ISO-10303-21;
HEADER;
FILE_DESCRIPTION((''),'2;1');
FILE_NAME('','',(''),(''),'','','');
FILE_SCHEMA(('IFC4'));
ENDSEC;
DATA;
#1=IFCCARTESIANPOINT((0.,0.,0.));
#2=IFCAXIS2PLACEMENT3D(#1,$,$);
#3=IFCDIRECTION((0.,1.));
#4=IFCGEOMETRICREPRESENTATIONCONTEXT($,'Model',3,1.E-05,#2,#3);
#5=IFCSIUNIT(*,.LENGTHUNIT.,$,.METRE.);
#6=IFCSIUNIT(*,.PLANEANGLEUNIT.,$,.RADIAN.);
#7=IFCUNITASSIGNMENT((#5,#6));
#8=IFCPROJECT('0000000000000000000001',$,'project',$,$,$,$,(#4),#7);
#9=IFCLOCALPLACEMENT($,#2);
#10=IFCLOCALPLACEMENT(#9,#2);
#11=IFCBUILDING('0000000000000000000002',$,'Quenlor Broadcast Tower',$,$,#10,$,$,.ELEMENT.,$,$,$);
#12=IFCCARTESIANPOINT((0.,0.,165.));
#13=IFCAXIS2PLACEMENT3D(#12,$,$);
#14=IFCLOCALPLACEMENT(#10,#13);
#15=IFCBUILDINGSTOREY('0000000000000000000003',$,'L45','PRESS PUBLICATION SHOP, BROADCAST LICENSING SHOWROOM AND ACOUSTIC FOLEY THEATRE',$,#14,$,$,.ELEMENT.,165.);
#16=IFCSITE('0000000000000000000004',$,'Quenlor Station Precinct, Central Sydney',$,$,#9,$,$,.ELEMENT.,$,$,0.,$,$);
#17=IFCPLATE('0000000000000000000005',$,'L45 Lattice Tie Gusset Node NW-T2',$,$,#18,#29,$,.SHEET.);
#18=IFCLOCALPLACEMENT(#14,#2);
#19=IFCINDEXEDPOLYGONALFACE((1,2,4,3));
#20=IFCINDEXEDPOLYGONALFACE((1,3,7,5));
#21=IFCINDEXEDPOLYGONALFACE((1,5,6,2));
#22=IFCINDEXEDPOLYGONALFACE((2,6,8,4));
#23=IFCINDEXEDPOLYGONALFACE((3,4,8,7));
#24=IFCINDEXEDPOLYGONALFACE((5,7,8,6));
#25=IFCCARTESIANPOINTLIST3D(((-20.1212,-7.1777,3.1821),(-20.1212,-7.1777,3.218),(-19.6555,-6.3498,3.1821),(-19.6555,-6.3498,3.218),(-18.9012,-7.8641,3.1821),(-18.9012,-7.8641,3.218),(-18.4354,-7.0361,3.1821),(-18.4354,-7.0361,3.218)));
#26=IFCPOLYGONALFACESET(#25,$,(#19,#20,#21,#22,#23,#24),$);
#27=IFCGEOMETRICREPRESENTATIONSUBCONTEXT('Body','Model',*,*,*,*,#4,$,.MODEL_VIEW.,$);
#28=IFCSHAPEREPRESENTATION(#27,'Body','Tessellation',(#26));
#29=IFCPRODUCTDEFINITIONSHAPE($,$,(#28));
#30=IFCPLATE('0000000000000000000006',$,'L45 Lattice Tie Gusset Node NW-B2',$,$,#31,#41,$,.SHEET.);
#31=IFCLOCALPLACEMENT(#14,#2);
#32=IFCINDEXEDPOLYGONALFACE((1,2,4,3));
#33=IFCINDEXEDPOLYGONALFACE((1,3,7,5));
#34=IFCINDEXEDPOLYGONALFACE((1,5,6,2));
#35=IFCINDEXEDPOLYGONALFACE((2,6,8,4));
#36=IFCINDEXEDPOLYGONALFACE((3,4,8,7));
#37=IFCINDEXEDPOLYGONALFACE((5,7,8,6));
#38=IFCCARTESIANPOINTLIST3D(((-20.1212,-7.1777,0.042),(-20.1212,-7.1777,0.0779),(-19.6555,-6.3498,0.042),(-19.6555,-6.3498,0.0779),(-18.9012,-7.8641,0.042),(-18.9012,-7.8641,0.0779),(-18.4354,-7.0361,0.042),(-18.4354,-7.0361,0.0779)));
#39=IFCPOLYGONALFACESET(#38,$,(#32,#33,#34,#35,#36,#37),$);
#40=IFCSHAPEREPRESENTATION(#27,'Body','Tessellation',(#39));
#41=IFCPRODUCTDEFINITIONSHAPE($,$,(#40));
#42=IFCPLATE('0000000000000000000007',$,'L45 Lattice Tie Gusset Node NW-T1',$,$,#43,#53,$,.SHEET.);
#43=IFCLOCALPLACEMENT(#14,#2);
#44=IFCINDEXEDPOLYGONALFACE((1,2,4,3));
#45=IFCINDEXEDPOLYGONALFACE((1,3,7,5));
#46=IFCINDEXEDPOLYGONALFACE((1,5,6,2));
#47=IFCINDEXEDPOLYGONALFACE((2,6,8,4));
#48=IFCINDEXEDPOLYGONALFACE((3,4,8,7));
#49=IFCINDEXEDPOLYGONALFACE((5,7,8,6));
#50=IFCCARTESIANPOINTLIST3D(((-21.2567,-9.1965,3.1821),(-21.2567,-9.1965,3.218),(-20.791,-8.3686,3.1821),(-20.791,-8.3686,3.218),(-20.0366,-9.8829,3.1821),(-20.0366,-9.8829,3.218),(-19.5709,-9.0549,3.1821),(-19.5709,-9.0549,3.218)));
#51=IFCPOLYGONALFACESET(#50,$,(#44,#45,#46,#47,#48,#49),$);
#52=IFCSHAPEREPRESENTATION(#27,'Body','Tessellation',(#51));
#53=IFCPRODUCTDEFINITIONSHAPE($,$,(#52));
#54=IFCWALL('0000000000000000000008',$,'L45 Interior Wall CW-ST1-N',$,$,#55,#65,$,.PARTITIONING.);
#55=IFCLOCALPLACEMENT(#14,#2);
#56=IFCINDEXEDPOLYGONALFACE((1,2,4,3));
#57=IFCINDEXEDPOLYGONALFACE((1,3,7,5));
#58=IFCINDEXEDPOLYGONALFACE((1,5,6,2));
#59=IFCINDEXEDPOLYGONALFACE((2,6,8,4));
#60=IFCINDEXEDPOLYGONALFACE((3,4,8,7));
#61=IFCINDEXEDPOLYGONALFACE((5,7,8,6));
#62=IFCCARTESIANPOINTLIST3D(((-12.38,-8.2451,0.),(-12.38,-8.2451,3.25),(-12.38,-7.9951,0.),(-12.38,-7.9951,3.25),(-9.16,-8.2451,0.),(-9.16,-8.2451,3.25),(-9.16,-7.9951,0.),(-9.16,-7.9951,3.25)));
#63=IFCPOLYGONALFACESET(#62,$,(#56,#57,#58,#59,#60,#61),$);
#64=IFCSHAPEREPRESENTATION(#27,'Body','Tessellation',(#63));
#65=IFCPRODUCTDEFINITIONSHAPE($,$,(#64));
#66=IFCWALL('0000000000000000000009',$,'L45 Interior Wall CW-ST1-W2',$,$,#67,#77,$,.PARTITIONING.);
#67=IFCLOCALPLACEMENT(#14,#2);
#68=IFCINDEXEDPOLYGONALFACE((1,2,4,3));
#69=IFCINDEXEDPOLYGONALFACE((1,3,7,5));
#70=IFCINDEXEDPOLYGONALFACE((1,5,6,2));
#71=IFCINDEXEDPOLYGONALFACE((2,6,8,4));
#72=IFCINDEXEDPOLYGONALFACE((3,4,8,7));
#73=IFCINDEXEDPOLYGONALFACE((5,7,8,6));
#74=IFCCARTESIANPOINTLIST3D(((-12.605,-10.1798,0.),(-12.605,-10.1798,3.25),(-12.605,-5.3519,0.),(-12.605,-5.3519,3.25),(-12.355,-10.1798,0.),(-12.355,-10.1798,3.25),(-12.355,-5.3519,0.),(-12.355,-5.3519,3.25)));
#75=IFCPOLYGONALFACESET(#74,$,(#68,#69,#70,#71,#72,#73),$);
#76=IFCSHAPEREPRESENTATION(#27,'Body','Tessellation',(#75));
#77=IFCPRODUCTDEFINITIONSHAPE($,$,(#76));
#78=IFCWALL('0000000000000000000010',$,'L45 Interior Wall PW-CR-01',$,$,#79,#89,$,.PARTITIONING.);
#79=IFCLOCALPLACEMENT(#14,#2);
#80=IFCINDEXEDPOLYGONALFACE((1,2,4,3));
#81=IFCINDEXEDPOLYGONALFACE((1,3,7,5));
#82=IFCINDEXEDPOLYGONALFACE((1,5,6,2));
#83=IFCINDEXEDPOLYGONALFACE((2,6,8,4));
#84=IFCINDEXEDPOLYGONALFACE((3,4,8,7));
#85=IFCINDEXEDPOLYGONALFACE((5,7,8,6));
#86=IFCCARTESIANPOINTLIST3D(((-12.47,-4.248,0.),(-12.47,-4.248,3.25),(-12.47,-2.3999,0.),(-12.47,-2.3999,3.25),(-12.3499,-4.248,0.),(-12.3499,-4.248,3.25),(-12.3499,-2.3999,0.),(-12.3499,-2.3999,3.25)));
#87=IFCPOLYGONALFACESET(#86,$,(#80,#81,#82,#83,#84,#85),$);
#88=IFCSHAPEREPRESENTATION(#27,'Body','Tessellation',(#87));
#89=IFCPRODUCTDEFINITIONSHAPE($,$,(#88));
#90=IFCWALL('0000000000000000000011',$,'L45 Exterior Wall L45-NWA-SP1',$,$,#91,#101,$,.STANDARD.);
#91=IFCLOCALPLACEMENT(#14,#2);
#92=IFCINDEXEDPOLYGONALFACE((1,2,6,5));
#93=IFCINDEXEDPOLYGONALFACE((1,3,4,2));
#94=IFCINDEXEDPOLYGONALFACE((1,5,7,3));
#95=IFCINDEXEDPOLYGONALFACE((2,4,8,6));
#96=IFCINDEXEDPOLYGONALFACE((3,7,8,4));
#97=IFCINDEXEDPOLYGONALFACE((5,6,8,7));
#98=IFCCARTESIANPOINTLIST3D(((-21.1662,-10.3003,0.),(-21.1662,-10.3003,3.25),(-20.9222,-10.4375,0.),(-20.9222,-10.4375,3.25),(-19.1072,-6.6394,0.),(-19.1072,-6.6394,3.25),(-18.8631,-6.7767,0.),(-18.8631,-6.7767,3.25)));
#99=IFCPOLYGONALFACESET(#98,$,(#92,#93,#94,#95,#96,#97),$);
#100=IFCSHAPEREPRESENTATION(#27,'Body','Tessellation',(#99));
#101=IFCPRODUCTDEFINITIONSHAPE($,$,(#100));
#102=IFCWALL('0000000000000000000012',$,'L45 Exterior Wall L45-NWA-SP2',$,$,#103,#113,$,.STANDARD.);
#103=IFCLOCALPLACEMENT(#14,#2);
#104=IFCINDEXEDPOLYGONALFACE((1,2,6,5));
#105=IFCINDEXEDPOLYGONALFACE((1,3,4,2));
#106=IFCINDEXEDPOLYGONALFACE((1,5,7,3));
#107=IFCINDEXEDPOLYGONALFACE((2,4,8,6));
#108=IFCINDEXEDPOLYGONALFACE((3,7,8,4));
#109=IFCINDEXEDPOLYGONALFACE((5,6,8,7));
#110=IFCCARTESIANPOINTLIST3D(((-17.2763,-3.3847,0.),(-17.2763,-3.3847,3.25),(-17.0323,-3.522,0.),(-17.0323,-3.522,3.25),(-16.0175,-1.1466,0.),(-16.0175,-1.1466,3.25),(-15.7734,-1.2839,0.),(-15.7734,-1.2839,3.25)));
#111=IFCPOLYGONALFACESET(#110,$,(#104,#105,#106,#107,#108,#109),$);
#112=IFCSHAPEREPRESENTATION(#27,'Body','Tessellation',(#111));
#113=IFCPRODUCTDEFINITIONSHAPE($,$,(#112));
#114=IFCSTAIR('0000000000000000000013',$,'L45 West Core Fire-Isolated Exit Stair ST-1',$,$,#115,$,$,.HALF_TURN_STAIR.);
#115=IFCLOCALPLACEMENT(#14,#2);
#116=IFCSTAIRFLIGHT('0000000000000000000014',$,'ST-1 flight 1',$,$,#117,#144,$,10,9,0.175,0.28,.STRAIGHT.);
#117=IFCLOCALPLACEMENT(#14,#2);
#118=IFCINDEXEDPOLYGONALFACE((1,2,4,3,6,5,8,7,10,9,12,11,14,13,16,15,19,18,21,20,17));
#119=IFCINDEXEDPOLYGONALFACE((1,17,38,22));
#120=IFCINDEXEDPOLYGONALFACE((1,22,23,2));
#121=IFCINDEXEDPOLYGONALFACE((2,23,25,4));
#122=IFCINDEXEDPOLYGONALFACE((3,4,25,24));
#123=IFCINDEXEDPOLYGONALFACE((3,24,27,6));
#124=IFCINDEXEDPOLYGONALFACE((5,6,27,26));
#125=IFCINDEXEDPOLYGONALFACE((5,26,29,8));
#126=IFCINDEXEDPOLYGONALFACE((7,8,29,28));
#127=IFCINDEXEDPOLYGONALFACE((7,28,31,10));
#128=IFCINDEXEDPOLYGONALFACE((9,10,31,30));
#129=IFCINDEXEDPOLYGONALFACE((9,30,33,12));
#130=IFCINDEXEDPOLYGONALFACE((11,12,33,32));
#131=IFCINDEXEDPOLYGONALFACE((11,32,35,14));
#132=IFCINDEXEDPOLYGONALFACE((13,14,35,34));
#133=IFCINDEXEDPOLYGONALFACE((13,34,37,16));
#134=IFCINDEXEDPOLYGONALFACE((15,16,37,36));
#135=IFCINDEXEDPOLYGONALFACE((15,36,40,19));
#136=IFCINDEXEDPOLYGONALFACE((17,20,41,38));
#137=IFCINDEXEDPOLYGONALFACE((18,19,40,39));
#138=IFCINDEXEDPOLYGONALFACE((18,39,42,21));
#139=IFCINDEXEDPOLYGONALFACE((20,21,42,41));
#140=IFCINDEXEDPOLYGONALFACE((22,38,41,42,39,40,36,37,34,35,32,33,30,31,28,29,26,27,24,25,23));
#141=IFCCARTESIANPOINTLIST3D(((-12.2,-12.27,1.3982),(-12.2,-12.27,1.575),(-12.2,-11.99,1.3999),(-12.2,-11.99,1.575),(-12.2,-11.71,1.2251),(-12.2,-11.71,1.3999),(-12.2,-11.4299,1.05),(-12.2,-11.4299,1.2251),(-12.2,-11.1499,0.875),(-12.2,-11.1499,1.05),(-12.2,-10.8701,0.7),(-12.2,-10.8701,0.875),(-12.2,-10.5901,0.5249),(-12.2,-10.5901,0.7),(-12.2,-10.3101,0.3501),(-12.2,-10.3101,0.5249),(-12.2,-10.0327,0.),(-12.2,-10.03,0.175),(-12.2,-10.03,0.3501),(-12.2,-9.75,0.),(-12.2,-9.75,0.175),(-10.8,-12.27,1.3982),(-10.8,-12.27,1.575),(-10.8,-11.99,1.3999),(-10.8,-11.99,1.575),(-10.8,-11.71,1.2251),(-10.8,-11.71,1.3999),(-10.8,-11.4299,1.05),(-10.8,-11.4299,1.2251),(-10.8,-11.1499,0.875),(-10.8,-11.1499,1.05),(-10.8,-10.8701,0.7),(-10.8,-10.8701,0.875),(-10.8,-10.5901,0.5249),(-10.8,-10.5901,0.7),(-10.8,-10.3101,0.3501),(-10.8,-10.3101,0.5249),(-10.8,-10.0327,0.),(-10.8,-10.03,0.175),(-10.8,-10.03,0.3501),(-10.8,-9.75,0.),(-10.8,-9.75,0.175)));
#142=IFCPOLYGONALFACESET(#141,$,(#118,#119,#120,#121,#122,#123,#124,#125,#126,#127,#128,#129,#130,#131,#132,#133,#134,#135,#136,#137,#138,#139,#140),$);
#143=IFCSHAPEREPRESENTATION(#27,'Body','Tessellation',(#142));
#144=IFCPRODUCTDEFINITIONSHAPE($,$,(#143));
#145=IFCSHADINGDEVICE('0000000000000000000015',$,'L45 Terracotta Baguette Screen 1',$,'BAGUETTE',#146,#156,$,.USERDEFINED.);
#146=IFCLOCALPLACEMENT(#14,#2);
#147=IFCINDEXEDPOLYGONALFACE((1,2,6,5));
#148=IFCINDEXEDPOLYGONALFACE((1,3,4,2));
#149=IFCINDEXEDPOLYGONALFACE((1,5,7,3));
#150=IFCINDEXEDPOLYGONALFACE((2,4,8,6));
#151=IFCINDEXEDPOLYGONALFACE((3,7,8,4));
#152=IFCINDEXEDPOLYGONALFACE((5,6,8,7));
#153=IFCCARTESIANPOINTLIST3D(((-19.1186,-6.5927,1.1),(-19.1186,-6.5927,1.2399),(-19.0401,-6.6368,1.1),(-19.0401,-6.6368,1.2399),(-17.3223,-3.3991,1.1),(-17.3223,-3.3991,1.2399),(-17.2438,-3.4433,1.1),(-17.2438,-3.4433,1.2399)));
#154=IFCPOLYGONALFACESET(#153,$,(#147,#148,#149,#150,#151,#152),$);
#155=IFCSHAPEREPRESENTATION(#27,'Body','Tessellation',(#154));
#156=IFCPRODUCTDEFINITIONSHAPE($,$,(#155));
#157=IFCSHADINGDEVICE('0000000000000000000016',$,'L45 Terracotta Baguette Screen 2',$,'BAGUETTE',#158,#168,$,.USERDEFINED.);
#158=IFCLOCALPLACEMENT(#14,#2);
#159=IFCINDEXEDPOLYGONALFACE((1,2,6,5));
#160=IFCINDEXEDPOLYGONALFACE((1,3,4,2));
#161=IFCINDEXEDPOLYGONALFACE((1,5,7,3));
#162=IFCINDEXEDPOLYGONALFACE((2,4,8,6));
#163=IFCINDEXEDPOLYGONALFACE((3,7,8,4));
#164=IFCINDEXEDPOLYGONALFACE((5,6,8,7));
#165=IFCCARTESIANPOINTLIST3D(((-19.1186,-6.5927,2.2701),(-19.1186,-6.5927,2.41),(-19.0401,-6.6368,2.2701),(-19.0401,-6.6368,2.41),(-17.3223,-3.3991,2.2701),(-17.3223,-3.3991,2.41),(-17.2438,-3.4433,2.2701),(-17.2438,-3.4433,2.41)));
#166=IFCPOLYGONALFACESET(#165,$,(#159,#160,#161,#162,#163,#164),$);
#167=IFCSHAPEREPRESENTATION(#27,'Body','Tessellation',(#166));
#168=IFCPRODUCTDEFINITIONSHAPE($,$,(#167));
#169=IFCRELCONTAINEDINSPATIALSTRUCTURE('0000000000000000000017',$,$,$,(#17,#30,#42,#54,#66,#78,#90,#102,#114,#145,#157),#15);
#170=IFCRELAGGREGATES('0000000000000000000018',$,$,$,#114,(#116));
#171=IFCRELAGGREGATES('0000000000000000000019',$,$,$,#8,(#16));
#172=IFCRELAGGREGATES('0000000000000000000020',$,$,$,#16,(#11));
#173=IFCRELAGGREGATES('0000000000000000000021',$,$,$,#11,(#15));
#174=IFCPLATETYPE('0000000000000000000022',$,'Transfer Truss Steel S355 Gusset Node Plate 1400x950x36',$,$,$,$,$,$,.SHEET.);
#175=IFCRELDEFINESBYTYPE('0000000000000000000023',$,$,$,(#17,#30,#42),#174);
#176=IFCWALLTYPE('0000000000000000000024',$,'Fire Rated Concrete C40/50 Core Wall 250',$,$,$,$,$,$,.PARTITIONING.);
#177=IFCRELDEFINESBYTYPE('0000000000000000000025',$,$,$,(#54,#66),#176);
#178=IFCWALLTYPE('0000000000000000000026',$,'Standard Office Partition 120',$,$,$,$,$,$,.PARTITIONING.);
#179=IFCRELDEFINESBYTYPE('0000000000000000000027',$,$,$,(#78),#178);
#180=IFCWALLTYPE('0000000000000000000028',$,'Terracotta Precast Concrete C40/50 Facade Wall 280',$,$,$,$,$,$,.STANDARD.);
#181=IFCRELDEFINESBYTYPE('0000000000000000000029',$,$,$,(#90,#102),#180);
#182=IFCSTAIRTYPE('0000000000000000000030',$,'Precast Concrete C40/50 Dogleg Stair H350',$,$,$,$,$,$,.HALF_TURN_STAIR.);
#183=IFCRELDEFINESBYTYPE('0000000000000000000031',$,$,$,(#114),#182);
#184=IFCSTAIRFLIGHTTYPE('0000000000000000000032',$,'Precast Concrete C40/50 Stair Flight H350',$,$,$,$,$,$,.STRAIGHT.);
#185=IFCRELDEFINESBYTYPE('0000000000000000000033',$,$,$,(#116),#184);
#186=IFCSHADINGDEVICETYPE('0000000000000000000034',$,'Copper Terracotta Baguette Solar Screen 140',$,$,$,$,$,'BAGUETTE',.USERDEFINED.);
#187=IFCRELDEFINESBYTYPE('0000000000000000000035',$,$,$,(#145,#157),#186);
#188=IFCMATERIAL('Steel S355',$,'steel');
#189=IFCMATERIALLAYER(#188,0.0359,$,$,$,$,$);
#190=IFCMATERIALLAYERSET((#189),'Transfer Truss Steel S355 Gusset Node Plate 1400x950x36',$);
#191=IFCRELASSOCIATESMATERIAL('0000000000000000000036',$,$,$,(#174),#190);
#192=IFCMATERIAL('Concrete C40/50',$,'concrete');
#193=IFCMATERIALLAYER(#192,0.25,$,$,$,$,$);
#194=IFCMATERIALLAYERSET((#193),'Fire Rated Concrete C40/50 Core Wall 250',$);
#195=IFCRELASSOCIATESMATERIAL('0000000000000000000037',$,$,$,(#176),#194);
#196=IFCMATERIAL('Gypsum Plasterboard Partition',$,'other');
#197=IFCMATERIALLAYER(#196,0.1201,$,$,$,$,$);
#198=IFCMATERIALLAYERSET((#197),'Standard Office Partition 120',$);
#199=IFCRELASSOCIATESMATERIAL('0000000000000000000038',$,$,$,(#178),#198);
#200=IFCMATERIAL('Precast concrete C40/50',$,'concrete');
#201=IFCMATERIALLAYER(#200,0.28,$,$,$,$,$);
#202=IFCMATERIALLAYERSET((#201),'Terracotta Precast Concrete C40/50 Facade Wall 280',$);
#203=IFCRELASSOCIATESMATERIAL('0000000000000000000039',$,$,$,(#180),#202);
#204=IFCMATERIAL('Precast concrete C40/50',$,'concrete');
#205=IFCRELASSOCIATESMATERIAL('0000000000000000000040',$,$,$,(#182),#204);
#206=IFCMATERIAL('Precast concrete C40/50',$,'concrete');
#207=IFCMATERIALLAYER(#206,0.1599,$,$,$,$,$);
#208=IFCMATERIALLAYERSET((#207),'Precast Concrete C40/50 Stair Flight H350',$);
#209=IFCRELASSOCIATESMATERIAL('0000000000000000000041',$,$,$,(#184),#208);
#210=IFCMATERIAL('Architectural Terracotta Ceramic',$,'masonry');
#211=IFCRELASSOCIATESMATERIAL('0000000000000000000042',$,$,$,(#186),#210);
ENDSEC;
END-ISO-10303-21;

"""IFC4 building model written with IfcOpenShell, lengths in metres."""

from ifc_helpers import new_model, si_unit, direction, frame, frame_2d, origin, origin_2d, place, context, subcontext, project, spatial, polyline, rectangle, outline, extrude, material, layer, layer_set, material_profile, profile_set, type_object, element, aggregate, save


model = new_model("IFC4")

# Units and contexts
model_context = context("Model", 3, precision=1e-05, world=origin(), true_north=direction((0.0, 1.0)))
body_context = subcontext(model_context, "Body", "Model", "MODEL_VIEW")
ifc_project = project(units=[si_unit("LENGTHUNIT", "METRE"), si_unit("PLANEANGLEUNIT", "RADIAN")], contexts=[model_context])

# Site, building, storey
site_placement = place(None, origin())
site = spatial("IfcSite", under=ifc_project, at=site_placement, Name="Quenlor Station Precinct, Central Sydney", CompositionType="ELEMENT", RefElevation=0.0)
building_placement = place(site_placement, origin())
building = spatial("IfcBuilding", under=site, at=building_placement, Name="Quenlor Broadcast Tower", CompositionType="ELEMENT")
storey_placement = place(building_placement, frame((0.0, 0.0, 165.0)))
storey = spatial("IfcBuildingStorey", under=building, at=storey_placement, Name="L45", Description="PRESS PUBLICATION SHOP, BROADCAST LICENSING SHOWROOM AND ACOUSTIC FOLEY THEATRE", CompositionType="ELEMENT", Elevation=165.0)

# Plates
ifc_material_1 = material(Name="Steel S355", Category="steel")
ifc_layer_1 = layer(ifc_material_1, 0.0359)
ifc_layer_set_1 = layer_set([ifc_layer_1], Name="Transfer Truss Steel S355 Gusset Node Plate 1400x950x36")
plate_type_1 = type_object("IfcPlateType", Name="Transfer Truss Steel S355 Gusset Node Plate 1400x950x36", PredefinedType="SHEET", material=ifc_layer_set_1)
for number, where, z_axis, x_axis, name in (
    (1, (-19.2783, -7.1069, 3.1821), (0.0, 0.0, 1.0), (-0.871556, 0.490295, 0.0), "L45 Lattice Tie Gusset Node NW-T2"),
    (2, (-19.2783, -7.1069, 0.042), (0.0, 0.0, 1.0), (-0.871556, 0.490295, 0.0), "L45 Lattice Tie Gusset Node NW-B2"),
    (3, (-20.4138, -9.1257, 3.1821), (0.0, 0.0, 1.0), (-0.871556, 0.490295, 0.0), "L45 Lattice Tie Gusset Node NW-T1"),
):
    element("IfcPlate", number, at=place(storey_placement, frame(where, z_axis=z_axis, x_axis=x_axis)), inside=storey, type_object=plate_type_1, Name=name, PredefinedType="SHEET", context=body_context, shape_type="SweptSolid", body=[
        extrude(rectangle(XDim=1.3999, YDim=0.95, at=origin_2d()), origin(), (0.0, 0.0, 1.0), 0.0359),
    ])

# Walls
ifc_material_2 = material(Name="Concrete C40/50", Category="concrete")
ifc_layer_2 = layer(ifc_material_2, 0.25)
ifc_layer_set_2 = layer_set([ifc_layer_2], Name="Fire Rated Concrete C40/50 Core Wall 250")
wall_type_1 = type_object("IfcWallType", Name="Fire Rated Concrete C40/50 Core Wall 250", PredefinedType="PARTITIONING", material=ifc_layer_set_2)
wall_1_placement = place(storey_placement, frame((-12.3799, -8.1201, 0.0), z_axis=(0.0, 0.0, 1.0), x_axis=(1.0, 0.0, 0.0)))
element("IfcWall", 4, at=wall_1_placement, inside=storey, type_object=wall_type_1, Name="L45 Interior Wall CW-ST1-N", PredefinedType="PARTITIONING", context=body_context, shape_type="SweptSolid", body=[
    extrude(rectangle(XDim=3.22, YDim=0.25, at=frame_2d((1.6099, 0.0))), origin(), (0.0, 0.0, 1.0), 3.25),
])
wall_2_placement = place(storey_placement, frame((-12.48, -10.1799, 0.0), z_axis=(0.0, 0.0, 1.0), x_axis=(0.0, 1.0, 0.0)))
element("IfcWall", 5, at=wall_2_placement, inside=storey, type_object=wall_type_1, Name="L45 Interior Wall CW-ST1-W2", PredefinedType="PARTITIONING", context=body_context, shape_type="SweptSolid", body=[
    extrude(rectangle(XDim=4.8279, YDim=0.25, at=frame_2d((2.4141, 0.0))), origin(), (0.0, 0.0, 1.0), 3.25),
])

# Walls
ifc_material_3 = material(Name="Gypsum Plasterboard Partition", Category="other")
ifc_layer_3 = layer(ifc_material_3, 0.1201)
ifc_layer_set_3 = layer_set([ifc_layer_3], Name="Standard Office Partition 120")
wall_type_2 = type_object("IfcWallType", Name="Standard Office Partition 120", PredefinedType="PARTITIONING", material=ifc_layer_set_3)
wall_3_placement = place(storey_placement, frame((-12.4099, -4.248, 0.0), z_axis=(0.0, 0.0, 1.0), x_axis=(0.0, 1.0, 0.0)))
element("IfcWall", 6, at=wall_3_placement, inside=storey, type_object=wall_type_2, Name="L45 Interior Wall PW-CR-01", PredefinedType="PARTITIONING", context=body_context, shape_type="SweptSolid", body=[
    extrude(rectangle(XDim=1.8481, YDim=0.1201, at=frame_2d((0.9241, 0.0))), origin(), (0.0, 0.0, 1.0), 3.25),
])
ifc_material_4 = material(Name="Precast concrete C40/50", Category="concrete")
ifc_layer_4 = layer(ifc_material_4, 0.28)
ifc_layer_set_4 = layer_set([ifc_layer_4], Name="Terracotta Precast Concrete C40/50 Facade Wall 280")
wall_type_3 = type_object("IfcWallType", Name="Terracotta Precast Concrete C40/50 Facade Wall 280", PredefinedType="STANDARD", material=ifc_layer_set_4)
wall_4_placement = place(storey_placement, frame((-21.0442, -10.3689, 0.0), z_axis=(0.0, 0.0, 1.0), x_axis=(0.490231, 0.871593, 0.0)))
element("IfcWall", 7, at=wall_4_placement, inside=storey, type_object=wall_type_3, Name="L45 Exterior Wall L45-NWA-SP1", PredefinedType="STANDARD", context=body_context, shape_type="SweptSolid", body=[
    extrude(rectangle(XDim=4.2002, YDim=0.28, at=frame_2d((2.1001, 0.0))), origin(), (0.0, 0.0, 1.0), 3.25),
])
wall_5_placement = place(storey_placement, frame((-17.1543, -3.4534, 0.0), z_axis=(0.0, 0.0, 1.0), x_axis=(0.49023, 0.871593, 0.0)))
element("IfcWall", 8, at=wall_5_placement, inside=storey, type_object=wall_type_3, Name="L45 Exterior Wall L45-NWA-SP2", PredefinedType="STANDARD", context=body_context, shape_type="SweptSolid", body=[
    extrude(rectangle(XDim=2.5679, YDim=0.28, at=frame_2d((1.2839, 0.0))), origin(), (0.0, 0.0, 1.0), 3.25),
])

# Stair, stair flight
ifc_material_5 = material(Name="Precast concrete C40/50", Category="concrete")
stair_type = type_object("IfcStairType", Name="Precast Concrete C40/50 Dogleg Stair H350", PredefinedType="HALF_TURN_STAIR", material=ifc_material_5)
stair_placement = place(storey_placement, origin())
stair = element("IfcStair", 9, at=stair_placement, inside=storey, type_object=stair_type, Name="L45 West Core Fire-Isolated Exit Stair ST-1", PredefinedType="HALF_TURN_STAIR")
ifc_material_6 = material(Name="Precast concrete C40/50", Category="concrete")
ifc_layer_5 = layer(ifc_material_6, 0.1599)
ifc_layer_set_5 = layer_set([ifc_layer_5], Name="Precast Concrete C40/50 Stair Flight H350")
stair_flight_type = type_object("IfcStairFlightType", Name="Precast Concrete C40/50 Stair Flight H350", PredefinedType="STRAIGHT", material=ifc_layer_set_5)
stair_flight_placement = place(storey_placement, frame((-11.5, -9.75, 0.0), z_axis=(0.0, 0.0, 1.0), x_axis=(0.0, -1.0, 0.0)))
stair_flight = element("IfcStairFlight", 10, at=stair_flight_placement, type_object=stair_flight_type, Name="ST-1 flight 1", NumberOfRisers=10, NumberOfTreads=9, PredefinedType="STRAIGHT", RiserHeight=0.175, TreadLength=0.28, context=body_context, shape_type="SweptSolid", body=[
    extrude(outline(polyline([(0.0, 0.0), (0.0, 0.175), (0.28, 0.175), (0.28, 0.3501), (0.5601, 0.3501), (0.5601, 0.5249), (0.8401, 0.5249), (0.8401, 0.7), (1.1201, 0.7), (1.1201, 0.875), (1.3999, 0.875), (1.3999, 1.05), (1.6799, 1.05), (1.6799, 1.2251), (1.96, 1.2251), (1.96, 1.3999), (2.24, 1.3999), (2.24, 1.575), (2.52, 1.575), (2.52, 1.75), (2.52, 1.3982), (0.2827, 0.0), (0.0, 0.0)])), frame((0.0, 0.7, 0.0), z_axis=(0.0, -1.0, 0.0), x_axis=(1.0, 0.0, 0.0)), (0.0, 0.0, 1.0), 1.3999),
])
aggregate(stair, [stair_flight])

# Shading devices
ifc_material_7 = material(Name="Architectural Terracotta Ceramic", Category="masonry")
ifc_material_profile_1 = material_profile(ifc_material_7, rectangle(XDim=0.0901, YDim=0.1399, at=origin_2d()))
ifc_profile_set_1 = profile_set([ifc_material_profile_1], Name="Architectural Terracotta Ceramic BAG90x140")
shading_device_type = type_object("IfcShadingDeviceType", Name="Copper Terracotta Baguette Solar Screen 140", ElementType="BAGUETTE", PredefinedType="USERDEFINED", material=ifc_profile_set_1)
for number, where, z_axis, x_axis, name in (
    (11, (-19.0793, -6.6147, 1.1699), (0.490258, 0.871577, 0.0), (-0.871577, 0.490258, 0.0), "L45 Terracotta Baguette Screen 1"),
    (12, (-19.0793, -6.6147, 2.3401), (0.490258, 0.871577, 0.0), (-0.871577, 0.490258, 0.0), "L45 Terracotta Baguette Screen 2"),
):
    element("IfcShadingDevice", number, at=place(storey_placement, frame(where, z_axis=z_axis, x_axis=x_axis)), inside=storey, type_object=shading_device_type, Name=name, ObjectType="BAGUETTE", PredefinedType="USERDEFINED", context=body_context, shape_type="SweptSolid", body=[
        extrude(rectangle(XDim=0.0901, YDim=0.1399, at=origin_2d()), origin(), (0.0, 0.0, 1.0), 3.6641),
    ])

save(model, "model.ifc")
